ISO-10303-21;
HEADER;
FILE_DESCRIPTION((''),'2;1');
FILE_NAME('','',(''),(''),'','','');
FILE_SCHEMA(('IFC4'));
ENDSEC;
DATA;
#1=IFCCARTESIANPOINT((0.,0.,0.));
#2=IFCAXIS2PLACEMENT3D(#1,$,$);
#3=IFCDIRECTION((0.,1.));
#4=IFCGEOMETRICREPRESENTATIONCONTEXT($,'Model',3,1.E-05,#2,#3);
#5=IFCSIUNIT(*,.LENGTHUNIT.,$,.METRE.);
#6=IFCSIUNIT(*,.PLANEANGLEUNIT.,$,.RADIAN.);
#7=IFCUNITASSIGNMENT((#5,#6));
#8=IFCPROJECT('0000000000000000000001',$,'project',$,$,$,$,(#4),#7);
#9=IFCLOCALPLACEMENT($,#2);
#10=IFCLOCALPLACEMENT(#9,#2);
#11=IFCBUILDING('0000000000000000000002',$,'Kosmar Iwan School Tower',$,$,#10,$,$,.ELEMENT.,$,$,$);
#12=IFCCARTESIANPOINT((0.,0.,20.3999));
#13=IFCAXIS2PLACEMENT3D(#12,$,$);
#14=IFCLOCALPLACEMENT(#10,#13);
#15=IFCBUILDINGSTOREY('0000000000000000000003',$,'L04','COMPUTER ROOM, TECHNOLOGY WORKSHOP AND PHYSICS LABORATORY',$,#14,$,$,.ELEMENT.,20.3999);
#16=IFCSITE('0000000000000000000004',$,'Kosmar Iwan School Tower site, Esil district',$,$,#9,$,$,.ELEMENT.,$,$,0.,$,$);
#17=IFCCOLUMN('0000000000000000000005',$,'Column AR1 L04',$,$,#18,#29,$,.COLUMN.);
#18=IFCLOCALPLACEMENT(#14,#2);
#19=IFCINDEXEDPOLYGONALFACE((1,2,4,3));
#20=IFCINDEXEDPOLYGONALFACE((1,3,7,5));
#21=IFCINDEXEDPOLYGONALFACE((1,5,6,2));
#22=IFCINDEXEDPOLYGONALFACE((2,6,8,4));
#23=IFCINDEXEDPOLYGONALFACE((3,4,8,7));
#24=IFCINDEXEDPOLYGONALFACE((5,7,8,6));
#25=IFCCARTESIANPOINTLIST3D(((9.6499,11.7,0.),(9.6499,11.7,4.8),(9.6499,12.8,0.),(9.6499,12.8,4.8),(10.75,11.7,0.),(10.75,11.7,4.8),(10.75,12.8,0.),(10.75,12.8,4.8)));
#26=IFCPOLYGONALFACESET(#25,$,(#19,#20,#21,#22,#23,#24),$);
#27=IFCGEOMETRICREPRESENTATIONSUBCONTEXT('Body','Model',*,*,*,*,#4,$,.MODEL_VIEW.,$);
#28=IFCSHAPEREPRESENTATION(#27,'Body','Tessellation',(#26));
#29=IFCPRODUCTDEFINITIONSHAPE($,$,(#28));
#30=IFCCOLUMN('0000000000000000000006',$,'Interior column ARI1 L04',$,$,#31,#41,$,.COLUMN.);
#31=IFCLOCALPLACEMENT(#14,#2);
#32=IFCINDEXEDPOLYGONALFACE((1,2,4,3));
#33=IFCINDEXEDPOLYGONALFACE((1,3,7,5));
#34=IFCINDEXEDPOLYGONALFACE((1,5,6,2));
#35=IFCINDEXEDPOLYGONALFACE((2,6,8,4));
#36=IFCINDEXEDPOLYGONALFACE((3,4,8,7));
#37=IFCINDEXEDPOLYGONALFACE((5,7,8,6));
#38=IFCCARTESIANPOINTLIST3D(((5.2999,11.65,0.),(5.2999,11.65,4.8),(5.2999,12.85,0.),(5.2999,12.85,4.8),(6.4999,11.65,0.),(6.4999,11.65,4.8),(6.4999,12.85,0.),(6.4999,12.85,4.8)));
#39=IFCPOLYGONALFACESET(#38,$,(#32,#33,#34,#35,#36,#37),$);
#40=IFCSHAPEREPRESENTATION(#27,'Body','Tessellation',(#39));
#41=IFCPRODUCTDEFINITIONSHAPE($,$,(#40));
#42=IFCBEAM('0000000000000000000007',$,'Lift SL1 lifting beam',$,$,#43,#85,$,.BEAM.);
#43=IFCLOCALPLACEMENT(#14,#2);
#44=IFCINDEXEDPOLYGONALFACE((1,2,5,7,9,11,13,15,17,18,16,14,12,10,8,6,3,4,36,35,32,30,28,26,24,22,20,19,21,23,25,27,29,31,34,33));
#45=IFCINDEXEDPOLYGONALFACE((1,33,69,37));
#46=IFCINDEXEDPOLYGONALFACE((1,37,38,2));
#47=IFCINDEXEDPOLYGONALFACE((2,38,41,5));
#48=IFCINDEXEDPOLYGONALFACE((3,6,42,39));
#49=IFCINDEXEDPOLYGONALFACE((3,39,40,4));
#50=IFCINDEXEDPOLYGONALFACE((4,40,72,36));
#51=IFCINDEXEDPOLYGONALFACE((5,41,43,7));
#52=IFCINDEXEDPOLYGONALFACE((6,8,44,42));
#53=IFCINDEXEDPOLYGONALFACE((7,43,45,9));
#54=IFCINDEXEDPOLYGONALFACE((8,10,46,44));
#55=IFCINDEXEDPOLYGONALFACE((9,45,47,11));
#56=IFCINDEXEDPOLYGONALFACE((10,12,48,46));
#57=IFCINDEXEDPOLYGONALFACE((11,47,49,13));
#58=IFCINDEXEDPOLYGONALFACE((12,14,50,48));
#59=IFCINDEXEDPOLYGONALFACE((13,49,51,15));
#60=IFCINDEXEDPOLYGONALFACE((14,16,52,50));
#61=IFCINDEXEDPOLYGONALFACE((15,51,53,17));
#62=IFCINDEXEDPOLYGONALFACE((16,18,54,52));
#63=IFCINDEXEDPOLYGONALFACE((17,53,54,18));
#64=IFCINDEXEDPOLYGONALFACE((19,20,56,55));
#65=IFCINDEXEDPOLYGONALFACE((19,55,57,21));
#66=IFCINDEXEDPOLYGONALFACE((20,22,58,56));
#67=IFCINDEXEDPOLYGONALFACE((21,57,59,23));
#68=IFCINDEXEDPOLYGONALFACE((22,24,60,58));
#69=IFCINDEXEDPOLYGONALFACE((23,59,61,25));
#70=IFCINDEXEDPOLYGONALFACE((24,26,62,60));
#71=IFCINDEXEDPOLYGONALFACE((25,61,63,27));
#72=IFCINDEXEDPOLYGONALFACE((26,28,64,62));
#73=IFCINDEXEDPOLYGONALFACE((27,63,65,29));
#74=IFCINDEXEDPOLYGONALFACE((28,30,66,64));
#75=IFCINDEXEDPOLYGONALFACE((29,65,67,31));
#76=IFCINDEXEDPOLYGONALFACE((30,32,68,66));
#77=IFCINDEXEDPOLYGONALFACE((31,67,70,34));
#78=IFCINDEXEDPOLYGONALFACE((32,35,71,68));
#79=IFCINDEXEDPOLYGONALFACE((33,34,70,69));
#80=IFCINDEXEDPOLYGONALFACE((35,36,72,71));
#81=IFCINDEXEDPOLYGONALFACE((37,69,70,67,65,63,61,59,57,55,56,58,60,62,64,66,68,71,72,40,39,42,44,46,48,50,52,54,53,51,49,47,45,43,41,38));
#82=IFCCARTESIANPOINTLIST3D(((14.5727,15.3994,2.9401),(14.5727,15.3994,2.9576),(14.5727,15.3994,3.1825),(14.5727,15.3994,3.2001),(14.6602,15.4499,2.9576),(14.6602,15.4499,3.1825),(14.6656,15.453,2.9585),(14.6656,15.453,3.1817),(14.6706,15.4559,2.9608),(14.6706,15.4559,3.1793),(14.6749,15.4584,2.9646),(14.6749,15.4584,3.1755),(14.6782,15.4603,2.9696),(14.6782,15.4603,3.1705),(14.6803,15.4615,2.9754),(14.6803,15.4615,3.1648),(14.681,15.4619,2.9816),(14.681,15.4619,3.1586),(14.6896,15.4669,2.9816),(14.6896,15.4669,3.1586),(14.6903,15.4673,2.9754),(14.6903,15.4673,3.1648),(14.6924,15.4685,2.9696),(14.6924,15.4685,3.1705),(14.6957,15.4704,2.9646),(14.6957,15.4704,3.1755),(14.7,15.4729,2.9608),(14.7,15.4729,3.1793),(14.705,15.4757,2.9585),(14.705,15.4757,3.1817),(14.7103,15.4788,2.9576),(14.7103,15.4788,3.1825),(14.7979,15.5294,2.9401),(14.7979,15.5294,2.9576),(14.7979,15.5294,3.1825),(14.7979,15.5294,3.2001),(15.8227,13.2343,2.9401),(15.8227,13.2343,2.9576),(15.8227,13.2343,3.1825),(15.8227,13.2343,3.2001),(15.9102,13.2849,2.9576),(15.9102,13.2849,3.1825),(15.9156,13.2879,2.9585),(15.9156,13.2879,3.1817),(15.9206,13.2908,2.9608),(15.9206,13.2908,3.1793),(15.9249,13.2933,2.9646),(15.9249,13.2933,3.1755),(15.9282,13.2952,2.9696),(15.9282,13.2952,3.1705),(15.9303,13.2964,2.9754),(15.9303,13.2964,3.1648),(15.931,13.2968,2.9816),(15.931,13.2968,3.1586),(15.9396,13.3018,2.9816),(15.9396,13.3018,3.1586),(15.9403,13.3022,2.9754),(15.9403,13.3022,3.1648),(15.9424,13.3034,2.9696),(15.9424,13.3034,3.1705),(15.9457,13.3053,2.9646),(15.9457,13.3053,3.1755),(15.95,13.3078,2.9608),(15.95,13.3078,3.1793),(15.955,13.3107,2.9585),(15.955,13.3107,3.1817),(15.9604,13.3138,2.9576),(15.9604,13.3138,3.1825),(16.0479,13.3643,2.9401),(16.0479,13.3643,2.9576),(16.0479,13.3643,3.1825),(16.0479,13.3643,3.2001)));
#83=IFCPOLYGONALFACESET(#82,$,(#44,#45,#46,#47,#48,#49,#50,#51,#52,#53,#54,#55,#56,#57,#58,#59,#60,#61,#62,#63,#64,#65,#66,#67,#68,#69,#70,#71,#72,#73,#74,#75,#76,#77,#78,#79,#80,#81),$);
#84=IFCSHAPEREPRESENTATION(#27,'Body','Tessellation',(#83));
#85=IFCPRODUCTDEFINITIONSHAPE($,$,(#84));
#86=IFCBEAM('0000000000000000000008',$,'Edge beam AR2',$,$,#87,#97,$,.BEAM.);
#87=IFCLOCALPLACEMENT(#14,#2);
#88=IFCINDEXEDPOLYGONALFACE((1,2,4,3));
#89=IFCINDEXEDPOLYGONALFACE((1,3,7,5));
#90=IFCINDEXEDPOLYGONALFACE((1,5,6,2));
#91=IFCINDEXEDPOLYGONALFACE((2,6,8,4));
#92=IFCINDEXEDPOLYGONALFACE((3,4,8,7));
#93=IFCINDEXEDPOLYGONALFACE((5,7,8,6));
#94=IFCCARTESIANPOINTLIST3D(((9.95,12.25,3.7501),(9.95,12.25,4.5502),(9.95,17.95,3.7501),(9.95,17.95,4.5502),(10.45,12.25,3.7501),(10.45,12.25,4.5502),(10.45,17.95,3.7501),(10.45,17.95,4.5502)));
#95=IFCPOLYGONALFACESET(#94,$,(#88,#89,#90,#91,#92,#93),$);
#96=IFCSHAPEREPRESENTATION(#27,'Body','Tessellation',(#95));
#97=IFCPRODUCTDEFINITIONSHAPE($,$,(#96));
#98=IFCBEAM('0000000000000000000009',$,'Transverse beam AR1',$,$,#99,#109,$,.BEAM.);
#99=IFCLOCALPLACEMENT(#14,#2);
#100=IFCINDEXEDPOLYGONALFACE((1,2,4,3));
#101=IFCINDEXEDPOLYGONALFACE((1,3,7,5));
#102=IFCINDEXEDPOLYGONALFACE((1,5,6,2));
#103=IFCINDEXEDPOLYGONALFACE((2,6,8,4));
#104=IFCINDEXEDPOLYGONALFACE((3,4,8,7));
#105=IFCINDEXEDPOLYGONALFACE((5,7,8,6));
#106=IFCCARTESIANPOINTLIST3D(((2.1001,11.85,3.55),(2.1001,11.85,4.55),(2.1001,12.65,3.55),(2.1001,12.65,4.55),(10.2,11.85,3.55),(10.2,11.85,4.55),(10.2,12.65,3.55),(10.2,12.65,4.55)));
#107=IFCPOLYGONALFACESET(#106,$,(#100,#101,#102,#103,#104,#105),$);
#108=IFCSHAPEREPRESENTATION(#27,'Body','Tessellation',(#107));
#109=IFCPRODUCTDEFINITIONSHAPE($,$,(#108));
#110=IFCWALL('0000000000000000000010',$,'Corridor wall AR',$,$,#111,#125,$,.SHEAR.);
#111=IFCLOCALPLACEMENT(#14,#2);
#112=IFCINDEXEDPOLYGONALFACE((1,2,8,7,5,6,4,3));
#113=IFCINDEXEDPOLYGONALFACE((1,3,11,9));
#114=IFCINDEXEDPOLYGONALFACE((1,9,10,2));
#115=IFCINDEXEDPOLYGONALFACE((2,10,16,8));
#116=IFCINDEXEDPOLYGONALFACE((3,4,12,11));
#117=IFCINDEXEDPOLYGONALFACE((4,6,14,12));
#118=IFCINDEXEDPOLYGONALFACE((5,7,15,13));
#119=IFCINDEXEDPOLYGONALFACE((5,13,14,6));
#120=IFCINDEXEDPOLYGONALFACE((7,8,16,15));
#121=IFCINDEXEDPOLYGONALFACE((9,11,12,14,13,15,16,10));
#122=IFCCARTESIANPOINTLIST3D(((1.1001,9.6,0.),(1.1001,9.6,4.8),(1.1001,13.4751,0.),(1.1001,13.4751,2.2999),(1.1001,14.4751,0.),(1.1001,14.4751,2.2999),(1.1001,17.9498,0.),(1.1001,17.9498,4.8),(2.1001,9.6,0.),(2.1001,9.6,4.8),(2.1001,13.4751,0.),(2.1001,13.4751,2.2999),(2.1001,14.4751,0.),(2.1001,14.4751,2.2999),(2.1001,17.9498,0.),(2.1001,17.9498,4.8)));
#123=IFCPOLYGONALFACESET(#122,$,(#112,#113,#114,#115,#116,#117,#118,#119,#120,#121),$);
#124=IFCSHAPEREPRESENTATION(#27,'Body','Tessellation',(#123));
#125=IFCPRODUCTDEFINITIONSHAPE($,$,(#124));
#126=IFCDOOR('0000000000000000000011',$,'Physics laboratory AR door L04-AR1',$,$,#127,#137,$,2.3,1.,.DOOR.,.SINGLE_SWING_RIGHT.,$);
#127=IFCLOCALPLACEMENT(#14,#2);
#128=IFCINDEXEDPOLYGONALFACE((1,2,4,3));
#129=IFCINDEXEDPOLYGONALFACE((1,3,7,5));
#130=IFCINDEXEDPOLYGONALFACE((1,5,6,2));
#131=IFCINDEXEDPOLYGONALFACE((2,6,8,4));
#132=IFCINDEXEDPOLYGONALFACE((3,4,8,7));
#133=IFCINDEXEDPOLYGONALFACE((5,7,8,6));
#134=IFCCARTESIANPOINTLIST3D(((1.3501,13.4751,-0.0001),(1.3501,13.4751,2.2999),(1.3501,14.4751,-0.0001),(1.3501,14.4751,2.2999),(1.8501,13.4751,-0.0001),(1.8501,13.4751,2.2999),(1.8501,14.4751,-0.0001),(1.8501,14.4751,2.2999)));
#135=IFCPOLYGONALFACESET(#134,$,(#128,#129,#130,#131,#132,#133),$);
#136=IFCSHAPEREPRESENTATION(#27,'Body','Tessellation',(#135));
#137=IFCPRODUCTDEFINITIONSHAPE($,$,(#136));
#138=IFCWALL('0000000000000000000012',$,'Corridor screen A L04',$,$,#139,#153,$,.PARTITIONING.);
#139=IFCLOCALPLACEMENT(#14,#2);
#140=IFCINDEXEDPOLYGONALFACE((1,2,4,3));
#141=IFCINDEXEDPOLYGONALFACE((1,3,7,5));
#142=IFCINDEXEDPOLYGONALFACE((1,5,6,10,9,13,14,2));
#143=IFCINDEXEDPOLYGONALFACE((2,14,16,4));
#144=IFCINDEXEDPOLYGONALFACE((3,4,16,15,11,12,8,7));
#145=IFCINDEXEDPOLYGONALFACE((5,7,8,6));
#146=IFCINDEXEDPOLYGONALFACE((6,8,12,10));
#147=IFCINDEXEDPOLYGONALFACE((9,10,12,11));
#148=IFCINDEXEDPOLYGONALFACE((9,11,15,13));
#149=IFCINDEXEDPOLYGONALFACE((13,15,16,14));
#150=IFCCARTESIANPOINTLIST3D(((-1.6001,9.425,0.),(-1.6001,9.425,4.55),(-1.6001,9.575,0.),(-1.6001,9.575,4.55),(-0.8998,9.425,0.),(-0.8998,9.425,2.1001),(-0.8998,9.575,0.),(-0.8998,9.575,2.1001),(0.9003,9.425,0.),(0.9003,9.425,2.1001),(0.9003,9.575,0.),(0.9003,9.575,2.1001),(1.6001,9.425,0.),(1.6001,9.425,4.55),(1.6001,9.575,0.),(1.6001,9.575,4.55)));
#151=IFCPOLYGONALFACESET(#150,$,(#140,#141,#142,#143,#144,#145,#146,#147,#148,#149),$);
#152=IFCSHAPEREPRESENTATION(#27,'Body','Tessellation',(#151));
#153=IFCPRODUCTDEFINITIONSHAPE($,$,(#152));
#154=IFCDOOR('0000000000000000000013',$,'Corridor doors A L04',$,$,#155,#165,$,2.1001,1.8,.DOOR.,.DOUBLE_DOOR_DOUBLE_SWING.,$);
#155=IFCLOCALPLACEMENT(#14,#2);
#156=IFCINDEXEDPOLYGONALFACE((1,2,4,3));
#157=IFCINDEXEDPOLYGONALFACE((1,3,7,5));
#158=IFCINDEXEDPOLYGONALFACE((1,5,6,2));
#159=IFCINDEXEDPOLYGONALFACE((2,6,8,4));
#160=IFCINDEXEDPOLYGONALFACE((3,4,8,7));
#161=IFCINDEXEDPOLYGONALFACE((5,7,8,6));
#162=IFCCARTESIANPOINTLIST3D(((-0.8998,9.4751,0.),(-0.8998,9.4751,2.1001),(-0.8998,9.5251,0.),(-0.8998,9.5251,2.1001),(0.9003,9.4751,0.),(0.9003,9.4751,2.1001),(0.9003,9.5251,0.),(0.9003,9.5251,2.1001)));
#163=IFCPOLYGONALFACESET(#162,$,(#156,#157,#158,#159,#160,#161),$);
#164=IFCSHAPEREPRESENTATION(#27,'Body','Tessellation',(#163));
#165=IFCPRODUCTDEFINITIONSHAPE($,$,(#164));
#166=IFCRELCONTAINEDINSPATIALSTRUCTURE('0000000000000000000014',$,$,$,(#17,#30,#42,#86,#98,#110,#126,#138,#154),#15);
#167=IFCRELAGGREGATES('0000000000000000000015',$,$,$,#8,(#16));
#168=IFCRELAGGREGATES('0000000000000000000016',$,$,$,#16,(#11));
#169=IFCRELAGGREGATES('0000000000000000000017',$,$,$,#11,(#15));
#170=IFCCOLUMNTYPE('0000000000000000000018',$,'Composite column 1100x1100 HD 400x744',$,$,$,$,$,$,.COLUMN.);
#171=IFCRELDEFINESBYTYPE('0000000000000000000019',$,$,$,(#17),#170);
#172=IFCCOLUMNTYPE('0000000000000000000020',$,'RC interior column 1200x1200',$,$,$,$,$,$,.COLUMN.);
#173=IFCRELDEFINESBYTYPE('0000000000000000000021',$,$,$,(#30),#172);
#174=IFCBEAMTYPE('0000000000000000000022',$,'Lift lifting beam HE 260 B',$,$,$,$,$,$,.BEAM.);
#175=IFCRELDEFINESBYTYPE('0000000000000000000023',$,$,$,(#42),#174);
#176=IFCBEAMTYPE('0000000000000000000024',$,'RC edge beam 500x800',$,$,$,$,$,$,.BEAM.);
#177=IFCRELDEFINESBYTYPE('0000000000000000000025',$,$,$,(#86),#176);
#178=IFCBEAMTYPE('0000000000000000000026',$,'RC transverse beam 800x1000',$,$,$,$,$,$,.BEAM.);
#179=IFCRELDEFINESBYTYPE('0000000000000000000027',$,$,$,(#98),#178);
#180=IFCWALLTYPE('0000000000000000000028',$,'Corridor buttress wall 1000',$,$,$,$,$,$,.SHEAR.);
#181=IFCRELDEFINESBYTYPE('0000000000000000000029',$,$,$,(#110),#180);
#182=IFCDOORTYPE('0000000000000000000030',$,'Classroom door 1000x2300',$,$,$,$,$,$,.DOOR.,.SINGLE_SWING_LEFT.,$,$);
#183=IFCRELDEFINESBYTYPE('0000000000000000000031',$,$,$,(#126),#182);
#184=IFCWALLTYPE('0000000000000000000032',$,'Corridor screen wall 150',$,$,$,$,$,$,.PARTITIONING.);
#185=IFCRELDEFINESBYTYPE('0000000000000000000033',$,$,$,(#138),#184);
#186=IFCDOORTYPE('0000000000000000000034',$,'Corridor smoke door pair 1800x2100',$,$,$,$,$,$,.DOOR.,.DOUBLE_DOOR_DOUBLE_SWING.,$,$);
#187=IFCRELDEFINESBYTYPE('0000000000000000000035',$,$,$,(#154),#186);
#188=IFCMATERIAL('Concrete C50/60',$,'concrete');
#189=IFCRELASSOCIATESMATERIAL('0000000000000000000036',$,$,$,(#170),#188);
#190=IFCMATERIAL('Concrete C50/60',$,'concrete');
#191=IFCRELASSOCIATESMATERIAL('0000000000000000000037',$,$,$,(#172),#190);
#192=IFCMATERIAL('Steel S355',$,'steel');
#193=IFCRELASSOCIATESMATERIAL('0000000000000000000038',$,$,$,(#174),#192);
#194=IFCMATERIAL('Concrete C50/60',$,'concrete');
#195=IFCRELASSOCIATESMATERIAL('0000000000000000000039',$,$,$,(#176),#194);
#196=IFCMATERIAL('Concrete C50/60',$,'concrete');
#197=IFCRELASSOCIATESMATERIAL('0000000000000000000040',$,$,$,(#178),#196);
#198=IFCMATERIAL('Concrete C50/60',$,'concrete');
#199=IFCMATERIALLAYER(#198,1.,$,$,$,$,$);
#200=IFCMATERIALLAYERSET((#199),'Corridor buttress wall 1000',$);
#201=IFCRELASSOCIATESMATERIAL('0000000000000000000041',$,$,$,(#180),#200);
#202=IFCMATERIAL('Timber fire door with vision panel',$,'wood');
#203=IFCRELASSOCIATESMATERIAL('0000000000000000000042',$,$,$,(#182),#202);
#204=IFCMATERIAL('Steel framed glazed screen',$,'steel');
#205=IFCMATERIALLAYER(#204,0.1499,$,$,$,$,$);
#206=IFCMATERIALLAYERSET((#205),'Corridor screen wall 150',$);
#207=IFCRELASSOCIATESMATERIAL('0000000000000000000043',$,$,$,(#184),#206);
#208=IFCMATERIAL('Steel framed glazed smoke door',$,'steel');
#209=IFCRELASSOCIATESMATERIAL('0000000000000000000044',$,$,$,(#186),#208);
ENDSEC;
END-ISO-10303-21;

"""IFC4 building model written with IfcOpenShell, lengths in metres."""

from ifc_helpers import new_model, si_unit, direction, frame, frame_2d, origin, origin_2d, place, context, subcontext, project, spatial, rectangle, i_section, extrude, material, layer, layer_set, material_profile, profile_set, type_object, element, fill, save


model = new_model("IFC4")

# Units and contexts
model_context = context("Model", 3, precision=1e-05, world=origin(), true_north=direction((0.0, 1.0)))
body_context = subcontext(model_context, "Body", "Model", "MODEL_VIEW")
ifc_project = project(units=[si_unit("LENGTHUNIT", "METRE"), si_unit("PLANEANGLEUNIT", "RADIAN")], contexts=[model_context])

# Site, building, storey
site_placement = place(None, origin())
site = spatial("IfcSite", under=ifc_project, at=site_placement, Name="Kosmar Iwan School Tower site, Esil district", CompositionType="ELEMENT", RefElevation=0.0)
building_placement = place(site_placement, origin())
building = spatial("IfcBuilding", under=site, at=building_placement, Name="Kosmar Iwan School Tower", CompositionType="ELEMENT")
storey_placement = place(building_placement, frame((0.0, 0.0, 20.3999)))
storey = spatial("IfcBuildingStorey", under=building, at=storey_placement, Name="L04", Description="COMPUTER ROOM, TECHNOLOGY WORKSHOP AND PHYSICS LABORATORY", CompositionType="ELEMENT", Elevation=20.3999)

# Columns
ifc_material_1 = material(Name="Concrete C50/60", Category="concrete")
ifc_material_profile_1 = material_profile(ifc_material_1, rectangle(XDim=1.1001, YDim=1.1001, at=origin_2d()), Name="RC 1100x1100 + HD 400x744")
ifc_profile_set_1 = profile_set([ifc_material_profile_1], Name="Concrete C50/60")
column_type_1 = type_object("IfcColumnType", Name="Composite column 1100x1100 HD 400x744", PredefinedType="COLUMN", material=ifc_profile_set_1)
column_1_placement = place(storey_placement, frame((10.2, 12.25, 0.0), z_axis=(0.0, 0.0, 1.0), x_axis=(0.0, 1.0, 0.0)))
element("IfcColumn", 1, at=column_1_placement, inside=storey, type_object=column_type_1, Name="Column AR1 L04", PredefinedType="COLUMN", context=body_context, shape_type="SweptSolid", body=[
    extrude(rectangle(XDim=1.1001, YDim=1.1001, at=origin_2d()), origin(), (0.0, 0.0, 1.0), 4.8),
])
ifc_material_2 = material(Name="Concrete C50/60", Category="concrete")
ifc_material_profile_2 = material_profile(ifc_material_2, rectangle(XDim=1.2, YDim=1.2, at=origin_2d()), Name="RC 1200x1200")
ifc_profile_set_2 = profile_set([ifc_material_profile_2], Name="Concrete C50/60")
column_type_2 = type_object("IfcColumnType", Name="RC interior column 1200x1200", PredefinedType="COLUMN", material=ifc_profile_set_2)
column_2_placement = place(storey_placement, frame((5.8999, 12.25, 0.0), z_axis=(0.0, 0.0, 1.0), x_axis=(0.0, 1.0, 0.0)))
element("IfcColumn", 2, at=column_2_placement, inside=storey, type_object=column_type_2, Name="Interior column ARI1 L04", PredefinedType="COLUMN", context=body_context, shape_type="SweptSolid", body=[
    extrude(rectangle(XDim=1.2, YDim=1.2, at=origin_2d()), origin(), (0.0, 0.0, 1.0), 4.8),
])

# Beams
ifc_material_3 = material(Name="Steel S355", Category="steel")
ifc_material_profile_3 = material_profile(ifc_material_3, i_section(OverallWidth=0.26, OverallDepth=0.26, WebThickness=0.01, FlangeThickness=0.0176, FilletRadius=0.0239, at=origin_2d()), Name="HE 260 B")
ifc_profile_set_3 = profile_set([ifc_material_profile_3], Name="Steel S355")
beam_type_1 = type_object("IfcBeamType", Name="Lift lifting beam HE 260 B", PredefinedType="BEAM", material=ifc_profile_set_3)
beam_1_placement = place(storey_placement, frame((15.9353, 13.2993, 3.0701), z_axis=(-0.500004, 0.866023, 0.0), x_axis=(-0.866023, -0.500004, 0.0)))
element("IfcBeam", 3, at=beam_1_placement, inside=storey, type_object=beam_type_1, Name="Lift SL1 lifting beam", PredefinedType="BEAM", context=body_context, shape_type="SweptSolid", body=[
    extrude(i_section(OverallWidth=0.26, OverallDepth=0.26, WebThickness=0.01, FlangeThickness=0.0176, FilletRadius=0.0239, at=origin_2d()), origin(), (0.0, 0.0, 1.0), 2.5),
])
ifc_material_4 = material(Name="Concrete C50/60", Category="concrete")
ifc_material_profile_4 = material_profile(ifc_material_4, rectangle(XDim=0.5, YDim=0.8, at=origin_2d()), Name="RC 500x800")
ifc_profile_set_4 = profile_set([ifc_material_profile_4], Name="Concrete C50/60")
beam_type_2 = type_object("IfcBeamType", Name="RC edge beam 500x800", PredefinedType="BEAM", material=ifc_profile_set_4)
beam_2_placement = place(storey_placement, frame((10.2, 12.25, 4.1501), z_axis=(0.0, 1.0, 0.0), x_axis=(-1.0, 0.0, 0.0)))
element("IfcBeam", 4, at=beam_2_placement, inside=storey, type_object=beam_type_2, Name="Edge beam AR2", PredefinedType="BEAM", context=body_context, shape_type="SweptSolid", body=[
    extrude(rectangle(XDim=0.5, YDim=0.8, at=origin_2d()), origin(), (0.0, 0.0, 1.0), 5.7),
])
ifc_material_5 = material(Name="Concrete C50/60", Category="concrete")
ifc_material_profile_5 = material_profile(ifc_material_5, rectangle(XDim=0.8, YDim=1.0, at=origin_2d()), Name="RC 800x1000")
ifc_profile_set_5 = profile_set([ifc_material_profile_5], Name="Concrete C50/60")
beam_type_3 = type_object("IfcBeamType", Name="RC transverse beam 800x1000", PredefinedType="BEAM", material=ifc_profile_set_5)
beam_3_placement = place(storey_placement, frame((10.2, 12.25, 4.05), z_axis=(-1.0, 0.0, 0.0), x_axis=(0.0, -1.0, 0.0)))
element("IfcBeam", 5, at=beam_3_placement, inside=storey, type_object=beam_type_3, Name="Transverse beam AR1", PredefinedType="BEAM", context=body_context, shape_type="SweptSolid", body=[
    extrude(rectangle(XDim=0.8, YDim=1.0, at=origin_2d()), origin(), (0.0, 0.0, 1.0), 8.0999),
])

# Walls, openings, doors
ifc_material_6 = material(Name="Concrete C50/60", Category="concrete")
ifc_layer_1 = layer(ifc_material_6, 1.0)
ifc_layer_set_1 = layer_set([ifc_layer_1], Name="Corridor buttress wall 1000")
wall_type_1 = type_object("IfcWallType", Name="Corridor buttress wall 1000", PredefinedType="SHEAR", material=ifc_layer_set_1)
wall_1_placement = place(storey_placement, frame((1.6001, 9.6001, 0.0), z_axis=(0.0, 0.0, 1.0), x_axis=(0.0, 1.0, 0.0)))
wall_1 = element("IfcWall", 6, at=wall_1_placement, inside=storey, type_object=wall_type_1, Name="Corridor wall AR", PredefinedType="SHEAR", context=body_context, shape_type="SweptSolid", body=[
    extrude(rectangle(XDim=8.3499, YDim=1.0, at=frame_2d((4.1748, 0.0))), origin(), (0.0, 0.0, 1.0), 4.8),
])
opening_1_placement = place(wall_1_placement, frame((3.875, 0.0, 0.0)))
opening_1 = element("IfcOpeningElement", 7, at=opening_1_placement, cuts=wall_1, PredefinedType="OPENING", context=body_context, shape_type="SweptSolid", body=[
    extrude(rectangle(XDim=1.0, YDim=2.3, at=frame_2d((0.5, 1.1499))), frame((0.0, 0.512, 0.0), z_axis=(0.0, -1.0, 0.0), x_axis=(1.0, 0.0, 0.0)), (0.0, 0.0, 1.0), 1.0239),
])
ifc_material_7 = material(Name="Timber fire door with vision panel", Category="wood")
door_type_1 = type_object("IfcDoorType", Name="Classroom door 1000x2300", OperationType="SINGLE_SWING_LEFT", PredefinedType="DOOR", material=ifc_material_7)
door_1_placement = place(opening_1_placement, origin())
door_1 = element("IfcDoor", 8, at=door_1_placement, inside=storey, type_object=door_type_1, Name="Physics laboratory AR door L04-AR1", OperationType="SINGLE_SWING_RIGHT", OverallHeight=2.3, OverallWidth=1.0, PredefinedType="DOOR", context=body_context, shape_type="SweptSolid", body=[
    extrude(rectangle(XDim=1.0, YDim=2.3, at=frame_2d((0.5, 1.1499))), frame((0.0, 0.25, 0.0), z_axis=(0.0, -1.0, 0.0), x_axis=(1.0, 0.0, 0.0)), (0.0, 0.0, 1.0), 0.5),
])
fill(opening_1, door_1)
ifc_material_8 = material(Name="Steel framed glazed screen", Category="steel")
ifc_layer_2 = layer(ifc_material_8, 0.1499)
ifc_layer_set_2 = layer_set([ifc_layer_2], Name="Corridor screen wall 150")
wall_type_2 = type_object("IfcWallType", Name="Corridor screen wall 150", PredefinedType="PARTITIONING", material=ifc_layer_set_2)
wall_2_placement = place(storey_placement, frame((1.6001, 9.5, 0.0), z_axis=(0.0, 0.0, 1.0), x_axis=(-1.0, 0.0, 0.0)))
wall_2 = element("IfcWall", 9, at=wall_2_placement, inside=storey, type_object=wall_type_2, Name="Corridor screen A L04", PredefinedType="PARTITIONING", context=body_context, shape_type="SweptSolid", body=[
    extrude(rectangle(XDim=3.2002, YDim=0.1499, at=frame_2d((1.6001, 0.0))), origin(), (0.0, 0.0, 1.0), 4.55),
])
opening_2_placement = place(wall_2_placement, frame((0.7, 0.0, 0.0)))
opening_2 = element("IfcOpeningElement", 10, at=opening_2_placement, cuts=wall_2, PredefinedType="OPENING", context=body_context, shape_type="SweptSolid", body=[
    extrude(rectangle(XDim=1.8, YDim=2.1001, at=frame_2d((0.8999, 1.05))), frame((0.0, 0.0869, 0.0), z_axis=(0.0, -1.0, 0.0), x_axis=(1.0, 0.0, 0.0)), (0.0, 0.0, 1.0), 0.1738),
])
ifc_material_9 = material(Name="Steel framed glazed smoke door", Category="steel")
door_type_2 = type_object("IfcDoorType", Name="Corridor smoke door pair 1800x2100", OperationType="DOUBLE_DOOR_DOUBLE_SWING", PredefinedType="DOOR", material=ifc_material_9)
door_2_placement = place(opening_2_placement, origin())
door_2 = element("IfcDoor", 11, at=door_2_placement, inside=storey, type_object=door_type_2, Name="Corridor doors A L04", OperationType="DOUBLE_DOOR_DOUBLE_SWING", OverallHeight=2.1001, OverallWidth=1.8, PredefinedType="DOOR", context=body_context, shape_type="SweptSolid", body=[
    extrude(rectangle(XDim=1.8, YDim=2.1001, at=frame_2d((0.8999, 1.05))), frame((0.0, 0.0249, 0.0), z_axis=(0.0, -1.0, 0.0), x_axis=(1.0, 0.0, 0.0)), (0.0, 0.0, 1.0), 0.05),
])
fill(opening_2, door_2)

save(model, "model.ifc")
